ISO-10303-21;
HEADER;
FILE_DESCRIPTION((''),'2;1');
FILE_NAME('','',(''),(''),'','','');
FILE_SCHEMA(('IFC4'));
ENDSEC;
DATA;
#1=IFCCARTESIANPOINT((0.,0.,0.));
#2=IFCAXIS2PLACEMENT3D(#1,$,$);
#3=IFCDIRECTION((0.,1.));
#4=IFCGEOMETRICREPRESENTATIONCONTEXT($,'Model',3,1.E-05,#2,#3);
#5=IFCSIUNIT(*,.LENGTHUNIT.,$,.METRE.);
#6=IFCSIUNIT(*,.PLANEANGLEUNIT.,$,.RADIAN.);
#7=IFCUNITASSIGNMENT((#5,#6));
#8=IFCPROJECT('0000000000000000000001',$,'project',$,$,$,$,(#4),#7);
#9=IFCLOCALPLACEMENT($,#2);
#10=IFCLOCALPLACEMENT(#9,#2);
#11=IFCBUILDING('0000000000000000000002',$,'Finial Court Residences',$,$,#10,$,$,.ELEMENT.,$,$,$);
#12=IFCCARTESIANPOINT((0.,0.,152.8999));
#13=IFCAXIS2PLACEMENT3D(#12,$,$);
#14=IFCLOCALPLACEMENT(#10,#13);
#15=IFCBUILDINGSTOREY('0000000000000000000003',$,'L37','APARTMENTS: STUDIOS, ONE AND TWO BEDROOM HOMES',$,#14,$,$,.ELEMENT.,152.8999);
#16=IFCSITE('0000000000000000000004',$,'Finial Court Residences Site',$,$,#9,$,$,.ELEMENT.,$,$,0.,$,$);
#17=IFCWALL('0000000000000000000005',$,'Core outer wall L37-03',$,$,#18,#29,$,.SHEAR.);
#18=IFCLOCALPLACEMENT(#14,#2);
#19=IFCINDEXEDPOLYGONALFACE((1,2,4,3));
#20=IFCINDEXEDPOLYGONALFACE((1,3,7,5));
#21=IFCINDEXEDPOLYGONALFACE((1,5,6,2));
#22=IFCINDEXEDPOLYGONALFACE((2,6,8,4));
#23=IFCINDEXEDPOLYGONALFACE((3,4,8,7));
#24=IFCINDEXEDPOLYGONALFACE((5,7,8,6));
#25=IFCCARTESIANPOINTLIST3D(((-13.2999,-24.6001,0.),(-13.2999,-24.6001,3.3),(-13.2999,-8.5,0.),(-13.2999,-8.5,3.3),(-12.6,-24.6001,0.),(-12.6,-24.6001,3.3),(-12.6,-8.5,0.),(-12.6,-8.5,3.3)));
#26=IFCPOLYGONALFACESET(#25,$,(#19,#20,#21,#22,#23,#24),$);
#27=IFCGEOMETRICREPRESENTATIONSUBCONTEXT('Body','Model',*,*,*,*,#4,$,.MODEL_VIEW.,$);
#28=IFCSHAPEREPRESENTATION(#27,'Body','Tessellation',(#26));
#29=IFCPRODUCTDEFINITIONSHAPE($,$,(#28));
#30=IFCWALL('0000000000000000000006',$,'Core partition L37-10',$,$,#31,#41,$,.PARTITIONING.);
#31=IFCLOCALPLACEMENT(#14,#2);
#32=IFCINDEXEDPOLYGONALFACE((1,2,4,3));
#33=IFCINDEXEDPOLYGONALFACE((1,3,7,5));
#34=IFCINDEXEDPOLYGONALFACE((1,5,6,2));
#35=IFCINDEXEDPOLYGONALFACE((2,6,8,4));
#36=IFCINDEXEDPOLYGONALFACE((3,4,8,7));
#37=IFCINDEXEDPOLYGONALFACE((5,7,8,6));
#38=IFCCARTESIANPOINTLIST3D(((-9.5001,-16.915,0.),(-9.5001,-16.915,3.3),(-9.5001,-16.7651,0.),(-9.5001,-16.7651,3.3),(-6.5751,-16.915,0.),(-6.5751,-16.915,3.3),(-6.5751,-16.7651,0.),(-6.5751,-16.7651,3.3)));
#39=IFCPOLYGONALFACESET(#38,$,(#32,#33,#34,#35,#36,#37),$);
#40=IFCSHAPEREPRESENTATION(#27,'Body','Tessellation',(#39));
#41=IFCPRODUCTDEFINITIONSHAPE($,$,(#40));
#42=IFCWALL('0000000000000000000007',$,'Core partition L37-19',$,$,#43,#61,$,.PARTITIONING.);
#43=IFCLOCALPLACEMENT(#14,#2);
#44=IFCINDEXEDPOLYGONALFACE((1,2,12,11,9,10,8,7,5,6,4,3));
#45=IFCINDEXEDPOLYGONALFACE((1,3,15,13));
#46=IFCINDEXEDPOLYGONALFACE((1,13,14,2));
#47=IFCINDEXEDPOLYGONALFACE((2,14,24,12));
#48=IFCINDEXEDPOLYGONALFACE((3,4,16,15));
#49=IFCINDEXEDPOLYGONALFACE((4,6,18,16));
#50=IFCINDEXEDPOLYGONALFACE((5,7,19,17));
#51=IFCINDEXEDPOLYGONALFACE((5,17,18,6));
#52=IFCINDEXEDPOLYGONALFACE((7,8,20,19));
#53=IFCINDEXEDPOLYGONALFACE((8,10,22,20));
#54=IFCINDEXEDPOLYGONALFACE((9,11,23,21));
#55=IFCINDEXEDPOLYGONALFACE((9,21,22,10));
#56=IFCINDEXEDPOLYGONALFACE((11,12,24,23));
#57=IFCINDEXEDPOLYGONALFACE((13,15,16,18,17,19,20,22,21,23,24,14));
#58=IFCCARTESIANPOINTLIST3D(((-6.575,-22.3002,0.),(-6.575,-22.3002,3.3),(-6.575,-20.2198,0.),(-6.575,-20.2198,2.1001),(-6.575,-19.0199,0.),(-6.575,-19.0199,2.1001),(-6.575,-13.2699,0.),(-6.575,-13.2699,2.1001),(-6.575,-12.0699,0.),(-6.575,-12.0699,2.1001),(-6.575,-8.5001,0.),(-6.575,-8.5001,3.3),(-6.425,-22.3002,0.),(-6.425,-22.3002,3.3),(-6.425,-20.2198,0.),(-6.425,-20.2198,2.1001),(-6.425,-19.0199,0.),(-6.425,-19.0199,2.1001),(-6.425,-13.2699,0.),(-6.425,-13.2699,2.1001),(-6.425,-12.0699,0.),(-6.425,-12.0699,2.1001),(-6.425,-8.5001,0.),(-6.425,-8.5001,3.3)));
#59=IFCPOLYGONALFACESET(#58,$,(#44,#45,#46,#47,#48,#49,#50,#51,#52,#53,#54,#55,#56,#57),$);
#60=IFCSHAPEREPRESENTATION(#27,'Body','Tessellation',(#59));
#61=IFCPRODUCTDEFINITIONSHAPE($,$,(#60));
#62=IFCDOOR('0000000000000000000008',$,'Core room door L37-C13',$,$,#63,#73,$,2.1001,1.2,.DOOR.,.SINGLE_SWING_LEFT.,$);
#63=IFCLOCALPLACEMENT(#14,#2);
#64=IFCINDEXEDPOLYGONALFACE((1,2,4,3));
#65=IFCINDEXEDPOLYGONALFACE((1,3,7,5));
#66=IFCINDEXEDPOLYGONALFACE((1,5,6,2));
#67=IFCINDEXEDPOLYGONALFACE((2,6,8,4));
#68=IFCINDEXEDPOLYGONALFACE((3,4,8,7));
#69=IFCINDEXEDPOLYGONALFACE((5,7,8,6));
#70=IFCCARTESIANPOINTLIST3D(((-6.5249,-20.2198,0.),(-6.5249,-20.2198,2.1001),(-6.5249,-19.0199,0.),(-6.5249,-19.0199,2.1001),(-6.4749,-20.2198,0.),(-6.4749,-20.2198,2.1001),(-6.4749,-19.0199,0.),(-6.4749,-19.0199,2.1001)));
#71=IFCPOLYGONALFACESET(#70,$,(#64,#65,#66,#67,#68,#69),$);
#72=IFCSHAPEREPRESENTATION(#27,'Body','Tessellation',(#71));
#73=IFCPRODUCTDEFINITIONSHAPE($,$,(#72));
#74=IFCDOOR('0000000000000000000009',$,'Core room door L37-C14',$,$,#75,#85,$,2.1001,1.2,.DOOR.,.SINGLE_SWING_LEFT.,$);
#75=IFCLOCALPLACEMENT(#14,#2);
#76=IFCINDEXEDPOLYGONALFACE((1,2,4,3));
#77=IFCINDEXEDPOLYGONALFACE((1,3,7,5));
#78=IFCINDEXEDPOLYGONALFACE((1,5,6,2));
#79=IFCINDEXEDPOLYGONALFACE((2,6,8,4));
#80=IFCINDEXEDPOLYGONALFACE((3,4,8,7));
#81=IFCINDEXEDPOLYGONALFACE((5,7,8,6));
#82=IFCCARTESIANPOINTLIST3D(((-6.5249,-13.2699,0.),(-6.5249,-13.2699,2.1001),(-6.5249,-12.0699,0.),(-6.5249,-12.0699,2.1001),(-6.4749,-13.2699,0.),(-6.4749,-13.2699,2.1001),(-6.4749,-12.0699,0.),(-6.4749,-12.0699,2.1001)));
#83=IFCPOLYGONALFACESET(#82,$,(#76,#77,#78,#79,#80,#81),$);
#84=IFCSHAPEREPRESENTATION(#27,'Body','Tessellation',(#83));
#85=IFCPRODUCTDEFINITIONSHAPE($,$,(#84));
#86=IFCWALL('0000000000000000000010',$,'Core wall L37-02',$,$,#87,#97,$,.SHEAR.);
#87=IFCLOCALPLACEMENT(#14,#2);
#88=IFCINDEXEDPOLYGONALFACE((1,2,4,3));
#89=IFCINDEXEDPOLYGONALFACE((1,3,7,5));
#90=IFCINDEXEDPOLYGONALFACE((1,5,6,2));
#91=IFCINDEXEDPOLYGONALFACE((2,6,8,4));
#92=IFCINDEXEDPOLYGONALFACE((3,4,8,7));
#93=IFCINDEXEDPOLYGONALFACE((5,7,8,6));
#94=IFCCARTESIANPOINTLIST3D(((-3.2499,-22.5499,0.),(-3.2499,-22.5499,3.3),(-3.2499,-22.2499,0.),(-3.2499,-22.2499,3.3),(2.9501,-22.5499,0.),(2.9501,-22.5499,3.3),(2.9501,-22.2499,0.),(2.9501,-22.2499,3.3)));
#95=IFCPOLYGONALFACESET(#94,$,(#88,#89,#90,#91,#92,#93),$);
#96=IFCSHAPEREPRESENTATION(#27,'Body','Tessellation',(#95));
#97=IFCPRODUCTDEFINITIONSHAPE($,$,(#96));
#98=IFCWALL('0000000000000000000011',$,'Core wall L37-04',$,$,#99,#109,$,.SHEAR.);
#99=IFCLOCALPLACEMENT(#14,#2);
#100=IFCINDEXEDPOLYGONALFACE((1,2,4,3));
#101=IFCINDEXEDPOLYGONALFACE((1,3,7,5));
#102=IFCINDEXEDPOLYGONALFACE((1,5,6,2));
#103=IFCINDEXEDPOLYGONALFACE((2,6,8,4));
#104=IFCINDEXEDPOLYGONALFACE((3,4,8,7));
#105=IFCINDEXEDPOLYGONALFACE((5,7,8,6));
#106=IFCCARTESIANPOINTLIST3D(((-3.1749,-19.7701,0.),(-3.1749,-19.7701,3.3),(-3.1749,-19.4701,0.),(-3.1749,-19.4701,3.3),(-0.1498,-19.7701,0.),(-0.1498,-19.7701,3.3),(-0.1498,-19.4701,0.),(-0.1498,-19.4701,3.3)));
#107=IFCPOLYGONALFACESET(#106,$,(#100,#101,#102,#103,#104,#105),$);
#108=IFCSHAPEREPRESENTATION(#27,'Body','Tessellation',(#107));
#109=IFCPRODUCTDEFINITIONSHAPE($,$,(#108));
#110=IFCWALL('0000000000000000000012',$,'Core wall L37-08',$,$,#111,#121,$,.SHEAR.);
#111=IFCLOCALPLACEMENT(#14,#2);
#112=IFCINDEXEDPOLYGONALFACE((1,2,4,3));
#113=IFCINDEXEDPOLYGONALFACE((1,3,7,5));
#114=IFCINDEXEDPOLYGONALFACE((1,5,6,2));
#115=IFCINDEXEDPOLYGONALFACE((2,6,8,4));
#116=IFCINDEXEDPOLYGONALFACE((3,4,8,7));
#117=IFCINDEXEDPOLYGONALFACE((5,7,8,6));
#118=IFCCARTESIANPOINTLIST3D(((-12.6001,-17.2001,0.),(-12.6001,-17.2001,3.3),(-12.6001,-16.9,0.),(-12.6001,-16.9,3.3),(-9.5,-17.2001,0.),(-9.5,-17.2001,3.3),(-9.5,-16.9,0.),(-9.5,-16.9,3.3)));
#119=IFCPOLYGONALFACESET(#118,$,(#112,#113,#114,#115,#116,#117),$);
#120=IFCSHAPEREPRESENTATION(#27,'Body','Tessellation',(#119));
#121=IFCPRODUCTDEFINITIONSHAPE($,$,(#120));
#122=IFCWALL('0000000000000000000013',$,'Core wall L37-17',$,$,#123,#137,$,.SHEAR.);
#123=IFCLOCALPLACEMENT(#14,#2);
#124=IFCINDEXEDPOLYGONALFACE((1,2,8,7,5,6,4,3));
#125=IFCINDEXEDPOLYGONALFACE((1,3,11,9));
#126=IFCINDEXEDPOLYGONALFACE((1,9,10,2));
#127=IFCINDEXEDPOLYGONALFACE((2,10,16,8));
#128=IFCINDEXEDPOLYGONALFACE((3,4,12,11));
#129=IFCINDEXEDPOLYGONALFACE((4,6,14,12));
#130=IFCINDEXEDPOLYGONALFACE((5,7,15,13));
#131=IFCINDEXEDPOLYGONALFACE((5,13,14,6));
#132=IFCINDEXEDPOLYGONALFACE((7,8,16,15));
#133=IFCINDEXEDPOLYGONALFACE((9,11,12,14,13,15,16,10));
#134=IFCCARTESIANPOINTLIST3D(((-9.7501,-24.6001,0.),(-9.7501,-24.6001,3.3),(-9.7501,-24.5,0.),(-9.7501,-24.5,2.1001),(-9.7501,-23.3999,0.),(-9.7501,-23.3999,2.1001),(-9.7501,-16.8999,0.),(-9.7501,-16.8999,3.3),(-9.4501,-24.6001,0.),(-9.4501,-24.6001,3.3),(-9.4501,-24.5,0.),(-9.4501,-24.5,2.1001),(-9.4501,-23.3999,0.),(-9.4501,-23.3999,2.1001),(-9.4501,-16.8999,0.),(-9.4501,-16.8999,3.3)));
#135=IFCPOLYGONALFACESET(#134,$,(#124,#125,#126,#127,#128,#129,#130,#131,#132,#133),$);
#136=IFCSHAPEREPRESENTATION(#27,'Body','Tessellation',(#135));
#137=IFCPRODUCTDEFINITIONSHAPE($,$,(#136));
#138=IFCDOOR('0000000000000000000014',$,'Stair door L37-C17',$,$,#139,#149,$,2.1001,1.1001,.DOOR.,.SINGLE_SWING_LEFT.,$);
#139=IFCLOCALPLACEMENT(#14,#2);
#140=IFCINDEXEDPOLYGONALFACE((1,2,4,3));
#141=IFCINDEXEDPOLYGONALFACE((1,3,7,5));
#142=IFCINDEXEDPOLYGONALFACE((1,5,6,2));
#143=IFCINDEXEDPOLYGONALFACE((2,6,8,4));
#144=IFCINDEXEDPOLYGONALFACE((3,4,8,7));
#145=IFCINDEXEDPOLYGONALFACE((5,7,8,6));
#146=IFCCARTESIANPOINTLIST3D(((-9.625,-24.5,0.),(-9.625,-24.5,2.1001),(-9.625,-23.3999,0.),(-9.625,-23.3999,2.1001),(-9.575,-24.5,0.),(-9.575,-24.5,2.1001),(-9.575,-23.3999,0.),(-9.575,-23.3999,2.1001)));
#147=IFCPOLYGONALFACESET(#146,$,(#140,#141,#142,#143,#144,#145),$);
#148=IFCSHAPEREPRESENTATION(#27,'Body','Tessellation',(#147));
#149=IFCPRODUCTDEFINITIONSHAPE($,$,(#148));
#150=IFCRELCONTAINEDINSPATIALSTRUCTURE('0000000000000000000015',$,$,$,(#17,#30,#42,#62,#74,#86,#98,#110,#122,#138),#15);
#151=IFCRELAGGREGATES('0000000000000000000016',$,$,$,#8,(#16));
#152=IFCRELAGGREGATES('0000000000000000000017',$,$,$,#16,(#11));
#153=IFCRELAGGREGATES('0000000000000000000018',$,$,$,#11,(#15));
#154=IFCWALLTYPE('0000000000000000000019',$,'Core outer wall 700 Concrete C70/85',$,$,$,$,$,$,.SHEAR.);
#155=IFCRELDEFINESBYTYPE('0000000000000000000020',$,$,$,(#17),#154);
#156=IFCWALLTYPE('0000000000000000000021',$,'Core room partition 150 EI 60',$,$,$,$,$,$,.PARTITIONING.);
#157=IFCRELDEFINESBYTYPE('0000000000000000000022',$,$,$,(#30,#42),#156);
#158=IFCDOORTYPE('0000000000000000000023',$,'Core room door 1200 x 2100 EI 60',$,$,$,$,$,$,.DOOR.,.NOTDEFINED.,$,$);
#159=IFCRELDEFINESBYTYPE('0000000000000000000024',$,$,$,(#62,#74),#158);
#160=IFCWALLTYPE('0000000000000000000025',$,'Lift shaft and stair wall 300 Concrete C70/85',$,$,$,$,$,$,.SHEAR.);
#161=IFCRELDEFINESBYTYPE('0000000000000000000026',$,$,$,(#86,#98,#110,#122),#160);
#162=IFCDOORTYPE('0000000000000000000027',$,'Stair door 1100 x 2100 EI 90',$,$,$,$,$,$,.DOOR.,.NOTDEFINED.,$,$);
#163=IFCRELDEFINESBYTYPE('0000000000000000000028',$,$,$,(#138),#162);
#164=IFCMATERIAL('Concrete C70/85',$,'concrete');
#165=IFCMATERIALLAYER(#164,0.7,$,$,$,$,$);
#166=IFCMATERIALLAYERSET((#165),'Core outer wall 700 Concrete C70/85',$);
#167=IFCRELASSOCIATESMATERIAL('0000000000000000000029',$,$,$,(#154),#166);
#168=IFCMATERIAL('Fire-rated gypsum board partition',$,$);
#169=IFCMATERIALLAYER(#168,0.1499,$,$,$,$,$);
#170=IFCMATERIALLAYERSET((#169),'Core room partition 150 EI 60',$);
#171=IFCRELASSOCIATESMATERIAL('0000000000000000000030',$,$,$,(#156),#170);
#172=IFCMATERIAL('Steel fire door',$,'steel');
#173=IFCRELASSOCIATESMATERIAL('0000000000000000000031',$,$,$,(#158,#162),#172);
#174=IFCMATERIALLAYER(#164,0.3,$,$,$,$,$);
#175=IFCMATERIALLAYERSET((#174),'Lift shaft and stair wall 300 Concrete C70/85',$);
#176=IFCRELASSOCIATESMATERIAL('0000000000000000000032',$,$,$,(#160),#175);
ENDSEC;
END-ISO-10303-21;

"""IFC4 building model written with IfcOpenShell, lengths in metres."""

from ifc_helpers import new_model, si_unit, direction, frame, frame_2d, origin, place, context, subcontext, project, spatial, rectangle, extrude, material, layer, layer_set, type_object, element, fill, save


model = new_model("IFC4")

# Units and contexts
model_context = context("Model", 3, precision=1e-05, world=origin(), true_north=direction((0.0, 1.0)))
body_context = subcontext(model_context, "Body", "Model", "MODEL_VIEW")
ifc_project = project(units=[si_unit("LENGTHUNIT", "METRE"), si_unit("PLANEANGLEUNIT", "RADIAN")], contexts=[model_context])

# Site, building, storey
site_placement = place(None, origin())
site = spatial("IfcSite", under=ifc_project, at=site_placement, Name="Finial Court Residences Site", CompositionType="ELEMENT", RefElevation=0.0)
building_placement = place(site_placement, origin())
building = spatial("IfcBuilding", under=site, at=building_placement, Name="Finial Court Residences", CompositionType="ELEMENT")
storey_placement = place(building_placement, frame((0.0, 0.0, 152.8999)))
storey = spatial("IfcBuildingStorey", under=building, at=storey_placement, Name="L37", Description="APARTMENTS: STUDIOS, ONE AND TWO BEDROOM HOMES", CompositionType="ELEMENT", Elevation=152.8999)

# Walls
ifc_material_1 = material(Name="Concrete C70/85", Category="concrete")
ifc_layer_1 = layer(ifc_material_1, 0.7)
ifc_layer_set_1 = layer_set([ifc_layer_1], Name="Core outer wall 700 Concrete C70/85")
wall_type_1 = type_object("IfcWallType", Name="Core outer wall 700 Concrete C70/85", PredefinedType="SHEAR", material=ifc_layer_set_1)
wall_1_placement = place(storey_placement, frame((-12.95, -24.6001, 0.0), z_axis=(0.0, 0.0, 1.0), x_axis=(0.0, 1.0, 0.0)))
element("IfcWall", 1, at=wall_1_placement, inside=storey, type_object=wall_type_1, Name="Core outer wall L37-03", PredefinedType="SHEAR", context=body_context, shape_type="SweptSolid", body=[
    extrude(rectangle(XDim=16.1001, YDim=0.7, at=frame_2d((8.05, 0.0))), origin(), (0.0, 0.0, 1.0), 3.3),
])
ifc_material_2 = material(Name="Fire-rated gypsum board partition")
ifc_layer_2 = layer(ifc_material_2, 0.1499)
ifc_layer_set_2 = layer_set([ifc_layer_2], Name="Core room partition 150 EI 60")
wall_type_2 = type_object("IfcWallType", Name="Core room partition 150 EI 60", PredefinedType="PARTITIONING", material=ifc_layer_set_2)
wall_2_placement = place(storey_placement, frame((-9.5, -16.8401, 0.0), z_axis=(0.0, 0.0, 1.0), x_axis=(1.0, 0.0, 0.0)))
element("IfcWall", 2, at=wall_2_placement, inside=storey, type_object=wall_type_2, Name="Core partition L37-10", PredefinedType="PARTITIONING", context=body_context, shape_type="SweptSolid", body=[
    extrude(rectangle(XDim=2.925, YDim=0.1499, at=frame_2d((1.4624, 0.0))), origin(), (0.0, 0.0, 1.0), 3.3),
])

# Wall, openings, doors
wall_3_placement = place(storey_placement, frame((-6.5, -22.3, 0.0), z_axis=(0.0, 0.0, 1.0), x_axis=(0.0, 1.0, 0.0)))
wall_3 = element("IfcWall", 3, at=wall_3_placement, inside=storey, type_object=wall_type_2, Name="Core partition L37-19", PredefinedType="PARTITIONING", context=body_context, shape_type="SweptSolid", body=[
    extrude(rectangle(XDim=13.8, YDim=0.1499, at=frame_2d((6.8999, 0.0))), origin(), (0.0, 0.0, 1.0), 3.3),
])
opening_1_placement = place(wall_3_placement, frame((2.0801, 0.0, 0.0)))
opening_1 = element("IfcOpeningElement", 4, at=opening_1_placement, cuts=wall_3, PredefinedType="OPENING", context=body_context, shape_type="SweptSolid", body=[
    extrude(rectangle(XDim=1.2, YDim=2.1001, at=frame_2d((0.6001, 1.05))), frame((0.0, 0.085, 0.0), z_axis=(0.0, -1.0, 0.0), x_axis=(1.0, 0.0, 0.0)), (0.0, 0.0, 1.0), 0.1699),
])
opening_2_placement = place(wall_3_placement, frame((9.03, 0.0, 0.0)))
opening_2 = element("IfcOpeningElement", 5, at=opening_2_placement, cuts=wall_3, PredefinedType="OPENING", context=body_context, shape_type="SweptSolid", body=[
    extrude(rectangle(XDim=1.2, YDim=2.1001, at=frame_2d((0.6001, 1.05))), frame((0.0, 0.085, 0.0), z_axis=(0.0, -1.0, 0.0), x_axis=(1.0, 0.0, 0.0)), (0.0, 0.0, 1.0), 0.1699),
])
ifc_material_3 = material(Name="Steel fire door", Category="steel")
door_type_1 = type_object("IfcDoorType", Name="Core room door 1200 x 2100 EI 60", OperationType="NOTDEFINED", PredefinedType="DOOR", material=ifc_material_3)
door_1_placement = place(opening_1_placement, origin())
door_1 = element("IfcDoor", 6, at=door_1_placement, inside=storey, type_object=door_type_1, Name="Core room door L37-C13", OperationType="SINGLE_SWING_LEFT", OverallHeight=2.1001, OverallWidth=1.2, PredefinedType="DOOR", context=body_context, shape_type="SweptSolid", body=[
    extrude(rectangle(XDim=1.2, YDim=2.1001, at=frame_2d((0.6001, 1.05))), frame((0.0, 0.0249, 0.0), z_axis=(0.0, -1.0, 0.0), x_axis=(1.0, 0.0, 0.0)), (0.0, 0.0, 1.0), 0.05),
])
fill(opening_1, door_1)
door_2_placement = place(opening_2_placement, origin())
door_2 = element("IfcDoor", 7, at=door_2_placement, inside=storey, type_object=door_type_1, Name="Core room door L37-C14", OperationType="SINGLE_SWING_LEFT", OverallHeight=2.1001, OverallWidth=1.2, PredefinedType="DOOR", context=body_context, shape_type="SweptSolid", body=[
    extrude(rectangle(XDim=1.2, YDim=2.1001, at=frame_2d((0.6001, 1.05))), frame((0.0, 0.0249, 0.0), z_axis=(0.0, -1.0, 0.0), x_axis=(1.0, 0.0, 0.0)), (0.0, 0.0, 1.0), 0.05),
])
fill(opening_2, door_2)

# Walls
ifc_layer_3 = layer(ifc_material_1, 0.3)
ifc_layer_set_3 = layer_set([ifc_layer_3], Name="Lift shaft and stair wall 300 Concrete C70/85")
wall_type_3 = type_object("IfcWallType", Name="Lift shaft and stair wall 300 Concrete C70/85", PredefinedType="SHEAR", material=ifc_layer_set_3)
wall_4_placement = place(storey_placement, frame((-3.25, -22.3999, 0.0), z_axis=(0.0, 0.0, 1.0), x_axis=(1.0, 0.0, 0.0)))
element("IfcWall", 8, at=wall_4_placement, inside=storey, type_object=wall_type_3, Name="Core wall L37-02", PredefinedType="SHEAR", context=body_context, shape_type="SweptSolid", body=[
    extrude(rectangle(XDim=6.2, YDim=0.3, at=frame_2d((3.1001, 0.0))), origin(), (0.0, 0.0, 1.0), 3.3),
])
wall_5_placement = place(storey_placement, frame((-3.175, -19.6201, 0.0), z_axis=(0.0, 0.0, 1.0), x_axis=(1.0, 0.0, 0.0)))
element("IfcWall", 9, at=wall_5_placement, inside=storey, type_object=wall_type_3, Name="Core wall L37-04", PredefinedType="SHEAR", context=body_context, shape_type="SweptSolid", body=[
    extrude(rectangle(XDim=3.0251, YDim=0.3, at=frame_2d((1.5127, 0.0))), origin(), (0.0, 0.0, 1.0), 3.3),
])
wall_6_placement = place(storey_placement, frame((-12.6001, -17.05, 0.0), z_axis=(0.0, 0.0, 1.0), x_axis=(1.0, 0.0, 0.0)))
element("IfcWall", 10, at=wall_6_placement, inside=storey, type_object=wall_type_3, Name="Core wall L37-08", PredefinedType="SHEAR", context=body_context, shape_type="SweptSolid", body=[
    extrude(rectangle(XDim=3.1001, YDim=0.3, at=frame_2d((1.55, 0.0))), origin(), (0.0, 0.0, 1.0), 3.3),
])

# Wall, opening, door
wall_7_placement = place(storey_placement, frame((-9.6001, -24.6001, 0.0), z_axis=(0.0, 0.0, 1.0), x_axis=(0.0, 1.0, 0.0)))
wall_7 = element("IfcWall", 11, at=wall_7_placement, inside=storey, type_object=wall_type_3, Name="Core wall L37-17", PredefinedType="SHEAR", context=body_context, shape_type="SweptSolid", body=[
    extrude(rectangle(XDim=7.7002, YDim=0.3, at=frame_2d((3.8501, 0.0))), origin(), (0.0, 0.0, 1.0), 3.3),
])
opening_3_placement = place(wall_7_placement, frame((0.1001, 0.0, 0.0)))
opening_3 = element("IfcOpeningElement", 12, at=opening_3_placement, cuts=wall_7, PredefinedType="OPENING", context=body_context, shape_type="SweptSolid", body=[
    extrude(rectangle(XDim=1.1001, YDim=2.1001, at=frame_2d((0.55, 1.05))), frame((0.0, 0.1599, 0.0), z_axis=(0.0, -1.0, 0.0), x_axis=(1.0, 0.0, 0.0)), (0.0, 0.0, 1.0), 0.3201),
])
door_type_2 = type_object("IfcDoorType", Name="Stair door 1100 x 2100 EI 90", OperationType="NOTDEFINED", PredefinedType="DOOR", material=ifc_material_3)
door_3_placement = place(opening_3_placement, origin())
door_3 = element("IfcDoor", 13, at=door_3_placement, inside=storey, type_object=door_type_2, Name="Stair door L37-C17", OperationType="SINGLE_SWING_LEFT", OverallHeight=2.1001, OverallWidth=1.1001, PredefinedType="DOOR", context=body_context, shape_type="SweptSolid", body=[
    extrude(rectangle(XDim=1.1001, YDim=2.1001, at=frame_2d((0.55, 1.05))), frame((0.0, 0.0249, 0.0), z_axis=(0.0, -1.0, 0.0), x_axis=(1.0, 0.0, 0.0)), (0.0, 0.0, 1.0), 0.05),
])
fill(opening_3, door_3)

save(model, "model.ifc")
